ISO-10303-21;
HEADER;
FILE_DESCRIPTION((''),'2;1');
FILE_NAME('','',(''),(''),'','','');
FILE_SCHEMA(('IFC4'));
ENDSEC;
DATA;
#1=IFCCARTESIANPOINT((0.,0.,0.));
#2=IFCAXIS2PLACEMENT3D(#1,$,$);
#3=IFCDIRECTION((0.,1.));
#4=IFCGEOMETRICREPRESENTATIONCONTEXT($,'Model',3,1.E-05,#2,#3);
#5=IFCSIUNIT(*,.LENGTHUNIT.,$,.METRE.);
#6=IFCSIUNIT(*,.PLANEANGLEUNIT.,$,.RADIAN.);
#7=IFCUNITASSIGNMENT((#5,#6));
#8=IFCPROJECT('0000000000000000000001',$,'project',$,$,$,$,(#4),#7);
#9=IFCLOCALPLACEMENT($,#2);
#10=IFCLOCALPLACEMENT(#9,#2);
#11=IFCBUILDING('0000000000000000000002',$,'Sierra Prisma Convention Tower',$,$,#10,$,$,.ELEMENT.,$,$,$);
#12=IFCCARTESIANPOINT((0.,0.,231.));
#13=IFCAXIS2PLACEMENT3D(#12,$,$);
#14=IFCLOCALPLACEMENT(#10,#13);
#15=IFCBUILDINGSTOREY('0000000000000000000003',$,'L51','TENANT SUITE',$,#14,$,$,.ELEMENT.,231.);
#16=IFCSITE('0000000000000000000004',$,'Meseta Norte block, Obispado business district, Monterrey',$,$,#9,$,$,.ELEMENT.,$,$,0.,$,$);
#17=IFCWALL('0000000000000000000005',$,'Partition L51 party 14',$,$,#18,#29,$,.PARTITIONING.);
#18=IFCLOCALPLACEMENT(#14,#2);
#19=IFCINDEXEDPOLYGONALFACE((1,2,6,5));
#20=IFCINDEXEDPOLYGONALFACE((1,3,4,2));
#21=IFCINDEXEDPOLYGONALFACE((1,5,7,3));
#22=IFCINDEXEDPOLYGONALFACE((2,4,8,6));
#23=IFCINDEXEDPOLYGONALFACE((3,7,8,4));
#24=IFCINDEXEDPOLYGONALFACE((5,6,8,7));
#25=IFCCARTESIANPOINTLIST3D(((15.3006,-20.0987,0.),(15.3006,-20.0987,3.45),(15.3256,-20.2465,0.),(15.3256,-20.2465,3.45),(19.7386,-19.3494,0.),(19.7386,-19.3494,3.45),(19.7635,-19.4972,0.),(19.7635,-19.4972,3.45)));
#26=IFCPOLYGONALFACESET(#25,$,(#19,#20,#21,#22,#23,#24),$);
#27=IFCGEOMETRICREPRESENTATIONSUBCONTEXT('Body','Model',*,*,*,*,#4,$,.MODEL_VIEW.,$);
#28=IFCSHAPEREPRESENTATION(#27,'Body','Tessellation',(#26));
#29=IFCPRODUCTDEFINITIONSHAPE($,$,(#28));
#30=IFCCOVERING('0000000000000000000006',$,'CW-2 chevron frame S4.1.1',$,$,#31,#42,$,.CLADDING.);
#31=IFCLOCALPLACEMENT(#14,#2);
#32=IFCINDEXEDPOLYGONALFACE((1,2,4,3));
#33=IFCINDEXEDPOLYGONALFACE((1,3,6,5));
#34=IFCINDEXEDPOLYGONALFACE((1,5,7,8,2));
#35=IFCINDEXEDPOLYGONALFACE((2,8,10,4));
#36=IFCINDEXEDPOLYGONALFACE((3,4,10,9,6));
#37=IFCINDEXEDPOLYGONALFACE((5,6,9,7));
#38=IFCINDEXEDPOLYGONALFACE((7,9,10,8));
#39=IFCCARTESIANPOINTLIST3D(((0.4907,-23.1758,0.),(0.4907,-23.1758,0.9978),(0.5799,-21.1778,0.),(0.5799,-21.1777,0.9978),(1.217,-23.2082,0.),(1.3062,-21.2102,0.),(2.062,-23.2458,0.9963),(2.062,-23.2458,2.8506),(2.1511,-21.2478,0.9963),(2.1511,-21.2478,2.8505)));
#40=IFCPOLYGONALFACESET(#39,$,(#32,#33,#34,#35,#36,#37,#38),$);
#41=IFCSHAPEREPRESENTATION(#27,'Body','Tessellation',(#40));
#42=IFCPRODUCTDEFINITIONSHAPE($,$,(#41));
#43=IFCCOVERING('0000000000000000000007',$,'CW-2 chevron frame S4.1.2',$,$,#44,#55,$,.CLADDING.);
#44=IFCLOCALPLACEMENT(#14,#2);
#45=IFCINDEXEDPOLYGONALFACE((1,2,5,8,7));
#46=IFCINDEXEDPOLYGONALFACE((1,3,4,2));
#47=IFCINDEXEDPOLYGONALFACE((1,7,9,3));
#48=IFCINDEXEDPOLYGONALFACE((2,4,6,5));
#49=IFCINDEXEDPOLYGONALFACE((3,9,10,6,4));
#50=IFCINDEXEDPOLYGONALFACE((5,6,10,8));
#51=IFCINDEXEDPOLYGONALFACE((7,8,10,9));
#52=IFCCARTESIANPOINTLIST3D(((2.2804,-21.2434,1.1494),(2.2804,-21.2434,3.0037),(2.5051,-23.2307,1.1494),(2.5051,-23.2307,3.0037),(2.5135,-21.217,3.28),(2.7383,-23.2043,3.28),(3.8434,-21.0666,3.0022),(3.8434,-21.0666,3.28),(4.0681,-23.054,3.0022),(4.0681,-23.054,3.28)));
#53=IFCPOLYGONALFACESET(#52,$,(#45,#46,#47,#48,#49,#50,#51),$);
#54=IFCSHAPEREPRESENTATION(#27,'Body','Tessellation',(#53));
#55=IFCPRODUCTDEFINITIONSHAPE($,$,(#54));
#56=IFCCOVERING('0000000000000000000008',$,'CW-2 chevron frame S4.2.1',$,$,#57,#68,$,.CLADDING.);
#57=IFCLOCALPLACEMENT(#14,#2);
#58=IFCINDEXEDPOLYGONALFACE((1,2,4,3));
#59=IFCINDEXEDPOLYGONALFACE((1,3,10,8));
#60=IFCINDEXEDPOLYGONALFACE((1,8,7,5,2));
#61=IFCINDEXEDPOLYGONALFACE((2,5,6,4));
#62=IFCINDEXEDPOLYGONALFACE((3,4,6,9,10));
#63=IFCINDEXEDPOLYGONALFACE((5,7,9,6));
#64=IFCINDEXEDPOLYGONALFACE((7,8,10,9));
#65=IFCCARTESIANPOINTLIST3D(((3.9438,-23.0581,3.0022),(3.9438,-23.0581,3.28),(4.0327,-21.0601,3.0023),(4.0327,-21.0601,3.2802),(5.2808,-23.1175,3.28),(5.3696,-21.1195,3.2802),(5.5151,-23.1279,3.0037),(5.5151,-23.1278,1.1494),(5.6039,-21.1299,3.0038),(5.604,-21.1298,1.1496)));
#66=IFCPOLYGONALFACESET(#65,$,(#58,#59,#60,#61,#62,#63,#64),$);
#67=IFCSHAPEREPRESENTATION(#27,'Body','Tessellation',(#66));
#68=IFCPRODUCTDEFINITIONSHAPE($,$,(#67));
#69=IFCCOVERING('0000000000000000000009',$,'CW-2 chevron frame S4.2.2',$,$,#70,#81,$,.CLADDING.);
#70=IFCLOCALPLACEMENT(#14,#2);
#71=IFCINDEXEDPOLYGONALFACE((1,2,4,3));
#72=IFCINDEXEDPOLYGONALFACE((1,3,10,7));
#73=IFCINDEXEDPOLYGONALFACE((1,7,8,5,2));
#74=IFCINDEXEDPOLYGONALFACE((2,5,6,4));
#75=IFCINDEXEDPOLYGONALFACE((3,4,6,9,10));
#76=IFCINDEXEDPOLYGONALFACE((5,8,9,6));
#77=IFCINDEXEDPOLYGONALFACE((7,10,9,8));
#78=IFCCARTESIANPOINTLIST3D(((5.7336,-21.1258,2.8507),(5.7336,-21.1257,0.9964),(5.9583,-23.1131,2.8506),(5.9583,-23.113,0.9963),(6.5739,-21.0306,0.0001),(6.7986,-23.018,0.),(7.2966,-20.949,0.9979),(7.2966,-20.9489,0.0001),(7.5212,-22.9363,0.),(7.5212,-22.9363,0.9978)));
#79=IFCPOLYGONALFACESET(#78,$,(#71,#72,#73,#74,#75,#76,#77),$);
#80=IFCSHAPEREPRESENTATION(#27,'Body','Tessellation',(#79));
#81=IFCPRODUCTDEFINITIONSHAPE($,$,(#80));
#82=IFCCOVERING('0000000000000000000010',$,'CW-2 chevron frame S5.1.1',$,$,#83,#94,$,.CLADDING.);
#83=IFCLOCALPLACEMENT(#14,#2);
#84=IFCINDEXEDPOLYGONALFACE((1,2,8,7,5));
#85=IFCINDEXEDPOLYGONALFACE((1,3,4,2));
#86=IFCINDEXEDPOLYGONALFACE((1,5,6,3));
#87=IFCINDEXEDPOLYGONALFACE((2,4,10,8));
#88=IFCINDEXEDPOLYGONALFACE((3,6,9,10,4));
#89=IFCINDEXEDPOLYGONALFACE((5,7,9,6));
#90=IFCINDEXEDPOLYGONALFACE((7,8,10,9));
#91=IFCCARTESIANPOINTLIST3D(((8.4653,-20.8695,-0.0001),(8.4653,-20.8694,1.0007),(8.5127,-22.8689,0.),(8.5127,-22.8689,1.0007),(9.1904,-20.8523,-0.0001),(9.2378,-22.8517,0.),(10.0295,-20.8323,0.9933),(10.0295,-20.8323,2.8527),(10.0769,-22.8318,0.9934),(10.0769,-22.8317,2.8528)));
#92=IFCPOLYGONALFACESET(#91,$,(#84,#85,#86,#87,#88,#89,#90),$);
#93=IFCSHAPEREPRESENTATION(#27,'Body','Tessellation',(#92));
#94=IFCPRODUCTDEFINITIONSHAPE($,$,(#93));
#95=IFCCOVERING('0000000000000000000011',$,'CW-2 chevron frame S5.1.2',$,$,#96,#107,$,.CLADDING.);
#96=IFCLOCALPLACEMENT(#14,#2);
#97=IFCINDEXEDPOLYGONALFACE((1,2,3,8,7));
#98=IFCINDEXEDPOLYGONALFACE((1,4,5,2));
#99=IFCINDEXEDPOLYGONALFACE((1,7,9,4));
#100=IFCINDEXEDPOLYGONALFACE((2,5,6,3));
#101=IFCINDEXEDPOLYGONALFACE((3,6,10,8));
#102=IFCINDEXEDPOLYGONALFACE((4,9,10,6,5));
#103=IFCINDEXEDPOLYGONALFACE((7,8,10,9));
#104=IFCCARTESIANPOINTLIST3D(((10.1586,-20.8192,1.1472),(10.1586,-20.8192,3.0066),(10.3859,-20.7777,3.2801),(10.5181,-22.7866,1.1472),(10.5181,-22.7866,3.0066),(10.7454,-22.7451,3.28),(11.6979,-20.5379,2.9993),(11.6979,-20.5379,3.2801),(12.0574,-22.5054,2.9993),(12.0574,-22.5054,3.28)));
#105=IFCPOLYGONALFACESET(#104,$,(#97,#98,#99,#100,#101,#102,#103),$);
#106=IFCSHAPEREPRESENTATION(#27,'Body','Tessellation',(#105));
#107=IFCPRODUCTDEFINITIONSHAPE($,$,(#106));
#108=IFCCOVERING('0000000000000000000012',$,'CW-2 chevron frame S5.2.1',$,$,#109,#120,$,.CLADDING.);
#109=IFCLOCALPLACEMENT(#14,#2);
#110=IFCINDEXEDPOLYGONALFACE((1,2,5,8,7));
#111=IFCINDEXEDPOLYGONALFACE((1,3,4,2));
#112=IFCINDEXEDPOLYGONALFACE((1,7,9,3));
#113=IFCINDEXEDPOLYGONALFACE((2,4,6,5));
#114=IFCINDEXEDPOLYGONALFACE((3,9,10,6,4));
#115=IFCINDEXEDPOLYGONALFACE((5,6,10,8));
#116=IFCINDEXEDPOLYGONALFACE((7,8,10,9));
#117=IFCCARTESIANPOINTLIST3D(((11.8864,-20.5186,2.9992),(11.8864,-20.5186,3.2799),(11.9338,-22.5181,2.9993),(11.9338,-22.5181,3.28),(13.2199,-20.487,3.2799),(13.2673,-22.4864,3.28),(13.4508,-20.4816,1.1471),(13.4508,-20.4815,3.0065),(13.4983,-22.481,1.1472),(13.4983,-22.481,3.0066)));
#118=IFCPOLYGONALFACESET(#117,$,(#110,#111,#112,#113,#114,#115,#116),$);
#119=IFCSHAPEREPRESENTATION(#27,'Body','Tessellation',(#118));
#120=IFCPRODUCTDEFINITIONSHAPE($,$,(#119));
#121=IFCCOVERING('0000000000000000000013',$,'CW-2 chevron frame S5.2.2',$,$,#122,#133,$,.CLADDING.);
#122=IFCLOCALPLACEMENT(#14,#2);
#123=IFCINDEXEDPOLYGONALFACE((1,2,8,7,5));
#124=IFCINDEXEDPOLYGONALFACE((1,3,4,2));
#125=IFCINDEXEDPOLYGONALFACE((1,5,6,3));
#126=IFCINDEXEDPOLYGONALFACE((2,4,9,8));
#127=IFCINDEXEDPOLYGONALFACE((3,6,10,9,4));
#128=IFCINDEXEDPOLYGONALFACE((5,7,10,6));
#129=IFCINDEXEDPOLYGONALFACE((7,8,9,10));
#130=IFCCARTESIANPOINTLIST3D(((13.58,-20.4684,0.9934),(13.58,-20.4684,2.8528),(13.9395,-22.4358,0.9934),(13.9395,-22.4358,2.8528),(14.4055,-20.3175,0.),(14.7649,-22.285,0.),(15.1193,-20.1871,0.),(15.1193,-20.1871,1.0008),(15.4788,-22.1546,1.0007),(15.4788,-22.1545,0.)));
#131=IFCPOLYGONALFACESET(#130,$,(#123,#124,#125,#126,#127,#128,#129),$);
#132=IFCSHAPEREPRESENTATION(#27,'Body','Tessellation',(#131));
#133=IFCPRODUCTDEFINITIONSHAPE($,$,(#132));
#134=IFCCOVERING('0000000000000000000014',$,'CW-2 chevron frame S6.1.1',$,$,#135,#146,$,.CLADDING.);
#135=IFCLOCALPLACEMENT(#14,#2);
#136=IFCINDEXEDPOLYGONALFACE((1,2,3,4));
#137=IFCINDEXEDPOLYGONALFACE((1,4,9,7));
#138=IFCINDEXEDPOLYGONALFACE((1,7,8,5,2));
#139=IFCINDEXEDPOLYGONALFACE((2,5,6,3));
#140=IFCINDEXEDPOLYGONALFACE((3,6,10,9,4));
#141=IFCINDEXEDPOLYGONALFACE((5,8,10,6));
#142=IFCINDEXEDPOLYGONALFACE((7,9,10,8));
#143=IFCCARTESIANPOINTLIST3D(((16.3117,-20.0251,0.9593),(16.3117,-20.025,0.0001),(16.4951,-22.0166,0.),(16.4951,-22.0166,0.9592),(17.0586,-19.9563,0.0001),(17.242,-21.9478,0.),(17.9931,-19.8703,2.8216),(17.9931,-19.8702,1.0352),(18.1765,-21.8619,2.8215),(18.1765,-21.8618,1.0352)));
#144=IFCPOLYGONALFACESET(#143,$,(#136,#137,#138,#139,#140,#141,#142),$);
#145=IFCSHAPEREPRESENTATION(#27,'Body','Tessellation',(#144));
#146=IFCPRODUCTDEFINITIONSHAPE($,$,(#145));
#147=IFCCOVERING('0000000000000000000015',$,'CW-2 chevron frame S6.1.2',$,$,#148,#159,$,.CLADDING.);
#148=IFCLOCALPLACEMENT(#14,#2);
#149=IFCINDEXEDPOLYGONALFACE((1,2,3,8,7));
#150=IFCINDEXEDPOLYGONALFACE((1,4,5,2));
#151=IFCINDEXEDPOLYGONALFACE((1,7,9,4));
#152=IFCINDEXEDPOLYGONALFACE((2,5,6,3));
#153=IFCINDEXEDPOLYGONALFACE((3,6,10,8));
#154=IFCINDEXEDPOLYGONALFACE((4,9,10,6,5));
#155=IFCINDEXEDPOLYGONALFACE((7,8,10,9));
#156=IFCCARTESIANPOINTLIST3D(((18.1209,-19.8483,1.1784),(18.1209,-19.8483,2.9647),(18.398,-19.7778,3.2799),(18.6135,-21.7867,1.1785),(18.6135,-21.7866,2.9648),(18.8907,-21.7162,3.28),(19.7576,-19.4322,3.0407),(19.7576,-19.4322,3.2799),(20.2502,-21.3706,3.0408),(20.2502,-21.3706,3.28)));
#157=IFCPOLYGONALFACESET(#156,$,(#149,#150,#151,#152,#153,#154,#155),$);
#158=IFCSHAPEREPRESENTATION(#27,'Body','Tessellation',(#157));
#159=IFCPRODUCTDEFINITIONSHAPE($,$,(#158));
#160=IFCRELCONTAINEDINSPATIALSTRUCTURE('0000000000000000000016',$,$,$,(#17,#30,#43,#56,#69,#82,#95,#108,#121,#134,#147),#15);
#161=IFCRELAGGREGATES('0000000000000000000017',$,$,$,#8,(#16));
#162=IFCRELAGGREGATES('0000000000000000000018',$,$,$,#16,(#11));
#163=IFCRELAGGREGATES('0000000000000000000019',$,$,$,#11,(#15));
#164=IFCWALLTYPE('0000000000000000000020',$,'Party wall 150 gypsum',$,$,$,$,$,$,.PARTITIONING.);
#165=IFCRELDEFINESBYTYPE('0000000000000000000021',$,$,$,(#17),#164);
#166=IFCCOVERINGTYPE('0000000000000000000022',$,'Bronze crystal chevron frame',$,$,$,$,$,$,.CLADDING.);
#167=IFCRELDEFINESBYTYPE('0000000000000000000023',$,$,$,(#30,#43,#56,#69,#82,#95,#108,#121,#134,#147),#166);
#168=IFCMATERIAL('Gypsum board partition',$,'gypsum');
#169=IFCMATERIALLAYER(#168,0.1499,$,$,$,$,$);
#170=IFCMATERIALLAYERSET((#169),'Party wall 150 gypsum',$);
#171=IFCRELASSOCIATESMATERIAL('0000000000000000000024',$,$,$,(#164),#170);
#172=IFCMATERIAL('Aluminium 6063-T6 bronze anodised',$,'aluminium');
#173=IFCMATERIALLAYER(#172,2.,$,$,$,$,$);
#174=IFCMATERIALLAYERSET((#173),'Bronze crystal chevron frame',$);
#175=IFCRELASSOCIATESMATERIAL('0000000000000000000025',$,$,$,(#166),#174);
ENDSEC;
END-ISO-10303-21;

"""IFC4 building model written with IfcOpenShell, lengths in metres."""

from ifc_helpers import new_model, si_unit, direction, frame, frame_2d, origin, place, context, subcontext, project, spatial, polyline, rectangle, outline, extrude, material, layer, layer_set, type_object, element, save


model = new_model("IFC4")

# Units and contexts
model_context = context("Model", 3, precision=1e-05, world=origin(), true_north=direction((0.0, 1.0)))
body_context = subcontext(model_context, "Body", "Model", "MODEL_VIEW")
ifc_project = project(units=[si_unit("LENGTHUNIT", "METRE"), si_unit("PLANEANGLEUNIT", "RADIAN")], contexts=[model_context])

# Site, building, storey
site_placement = place(None, origin())
site = spatial("IfcSite", under=ifc_project, at=site_placement, Name="Meseta Norte block, Obispado business district, Monterrey", CompositionType="ELEMENT", RefElevation=0.0)
building_placement = place(site_placement, origin())
building = spatial("IfcBuilding", under=site, at=building_placement, Name="Sierra Prisma Convention Tower", CompositionType="ELEMENT")
storey_placement = place(building_placement, frame((0.0, 0.0, 231.0)))
storey = spatial("IfcBuildingStorey", under=building, at=storey_placement, Name="L51", Description="TENANT SUITE", CompositionType="ELEMENT", Elevation=231.0)

# Wall
ifc_material_1 = material(Name="Gypsum board partition", Category="gypsum")
ifc_layer_1 = layer(ifc_material_1, 0.1499)
ifc_layer_set_1 = layer_set([ifc_layer_1], Name="Party wall 150 gypsum")
wall_type = type_object("IfcWallType", Name="Party wall 150 gypsum", PredefinedType="PARTITIONING", material=ifc_layer_set_1)
wall_placement = place(storey_placement, frame((15.313, -20.1726, 0.0), z_axis=(0.0, 0.0, 1.0), x_axis=(0.986046, 0.166475, 0.0)))
element("IfcWall", 1, at=wall_placement, inside=storey, type_object=wall_type, Name="Partition L51 party 14", PredefinedType="PARTITIONING", context=body_context, shape_type="SweptSolid", body=[
    extrude(rectangle(XDim=4.5007, YDim=0.1499, at=frame_2d((2.2505, 0.0))), origin(), (0.0, 0.0, 1.0), 3.45),
])

# Coverings
ifc_material_2 = material(Name="Aluminium 6063-T6 bronze anodised", Category="aluminium")
ifc_layer_2 = layer(ifc_material_2, 2.0)
ifc_layer_set_2 = layer_set([ifc_layer_2], Name="Bronze crystal chevron frame")
covering_type = type_object("IfcCoveringType", Name="Bronze crystal chevron frame", PredefinedType="CLADDING", material=ifc_layer_set_2)
covering_1_placement = place(storey_placement, frame((0.4907, -23.1758, 0.0), z_axis=(-0.044564, -0.999007, 0.000025), x_axis=(0.999007, -0.044564, 0.0)))
element("IfcCovering", 2, at=covering_1_placement, inside=storey, type_object=covering_type, Name="CW-2 chevron frame S4.1.1", PredefinedType="CLADDING", context=body_context, shape_type="SweptSolid", body=[
    extrude(outline(polyline([(0.0, 0.0), (0.727, 0.0), (1.5729, 0.9963), (1.5729, 2.8506), (0.0, 0.9978), (0.0, 0.0)])), origin(), (0.0, 0.0, -1.0), 2.0),
])
covering_2_placement = place(storey_placement, frame((2.5051, -23.2307, 3.0037), z_axis=(0.112373, -0.993666, 0.0), x_axis=(0.0, 0.0, -1.0)))
element("IfcCovering", 3, at=covering_2_placement, inside=storey, type_object=covering_type, Name="CW-2 chevron frame S4.1.2", PredefinedType="CLADDING", context=body_context, shape_type="SweptSolid", body=[
    extrude(outline(polyline([(0.0, 0.0), (1.8542, 0.0), (0.0015, 1.573), (-0.2764, 1.573), (-0.2764, 0.2346), (0.0, 0.0)])), origin(), (0.0, 0.0, -1.0), 2.0),
])
covering_3_placement = place(storey_placement, frame((3.9438, -23.0581, 3.28), z_axis=(-0.044406, -0.999014, -0.000068), x_axis=(0.000003, 0.000068, -1.0)))
element("IfcCovering", 4, at=covering_3_placement, inside=storey, type_object=covering_type, Name="CW-2 chevron frame S4.2.1", PredefinedType="CLADDING", context=body_context, shape_type="SweptSolid", body=[
    extrude(outline(polyline([(0.0, 0.0), (0.2778, 0.0), (2.1306, 1.5728), (0.2764, 1.5728), (0.0, 1.3382), (0.0, 0.0)])), origin(), (0.0, 0.0, -1.0), 2.0),
])
covering_4_placement = place(storey_placement, frame((7.5212, -22.9363, 0.0), z_axis=(0.112339, -0.99367, -0.000055), x_axis=(0.000006, -0.000054, 1.0)))
element("IfcCovering", 5, at=covering_4_placement, inside=storey, type_object=covering_type, Name="CW-2 chevron frame S4.2.2", PredefinedType="CLADDING", context=body_context, shape_type="SweptSolid", body=[
    extrude(outline(polyline([(0.0, 0.0), (0.9978, 0.0), (2.8506, 1.573), (0.9963, 1.573), (0.0, 0.7272), (0.0, 0.0)])), origin(), (0.0, 0.0, -1.0), 2.0),
])
covering_5_placement = place(storey_placement, frame((8.5127, -22.8689, 0.0), z_axis=(0.023696, -0.999719, 0.000034), x_axis=(0.999719, 0.023696, 0.0)))
element("IfcCovering", 6, at=covering_5_placement, inside=storey, type_object=covering_type, Name="CW-2 chevron frame S5.1.1", PredefinedType="CLADDING", context=body_context, shape_type="SweptSolid", body=[
    extrude(outline(polyline([(0.0, 0.0), (0.7253, 0.0), (1.5646, 0.9934), (1.5646, 2.8528), (0.0, 1.0007), (0.0, 0.0)])), origin(), (0.0, 0.0, -1.0), 2.0),
])
covering_6_placement = place(storey_placement, frame((10.5181, -22.7866, 3.0066), z_axis=(0.179738, -0.983714, -0.000011), x_axis=(-0.000002, 0.00001, -1.0)))
element("IfcCovering", 7, at=covering_6_placement, inside=storey, type_object=covering_type, Name="CW-2 chevron frame S5.1.2", PredefinedType="CLADDING", context=body_context, shape_type="SweptSolid", body=[
    extrude(outline(polyline([(0.0, 0.0), (1.8594, 0.0), (0.0073, 1.5648), (-0.2734, 1.5648), (-0.2734, 0.2311), (0.0, 0.0)])), origin(), (0.0, 0.0, -1.0), 2.0),
])
covering_7_placement = place(storey_placement, frame((11.9338, -22.5181, 3.28), z_axis=(0.023722, -0.999719, 0.000045), x_axis=(0.000001, -0.000045, -1.0)))
element("IfcCovering", 8, at=covering_7_placement, inside=storey, type_object=covering_type, Name="CW-2 chevron frame S5.2.1", PredefinedType="CLADDING", context=body_context, shape_type="SweptSolid", body=[
    extrude(outline(polyline([(0.0, 0.0), (0.2808, 0.0), (2.1328, 1.5649), (0.2734, 1.5649), (0.0, 1.3339), (0.0, 0.0)])), origin(), (0.0, 0.0, -1.0), 2.0),
])
covering_8_placement = place(storey_placement, frame((15.4788, -22.1545, 0.0), z_axis=(0.179725, -0.983717, -0.000018), x_axis=(0.000003, -0.000018, 1.0)))
element("IfcCovering", 9, at=covering_8_placement, inside=storey, type_object=covering_type, Name="CW-2 chevron frame S5.2.2", PredefinedType="CLADDING", context=body_context, shape_type="SweptSolid", body=[
    extrude(outline(polyline([(0.0, 0.0), (1.0007, 0.0), (2.8528, 1.5648), (0.9934, 1.5648), (0.0, 0.7257), (0.0, 0.0)])), origin(), (0.0, 0.0, -1.0), 2.0),
])
covering_9_placement = place(storey_placement, frame((16.4951, -22.0166, 0.0), z_axis=(0.091688, -0.995788, -0.00003), x_axis=(0.995788, 0.091688, 0.0)))
element("IfcCovering", 10, at=covering_9_placement, inside=storey, type_object=covering_type, Name="CW-2 chevron frame S6.1.1", PredefinedType="CLADDING", context=body_context, shape_type="SweptSolid", body=[
    extrude(outline(polyline([(0.0, 0.0), (0.75, 0.0), (1.6885, 1.0352), (1.6885, 2.8215), (0.0, 0.9592), (0.0, 0.0)])), origin(), (0.0, 0.0, -1.0), 2.0),
])
covering_10_placement = place(storey_placement, frame((18.6135, -21.7866, 2.9648), z_axis=(0.246334, -0.969185, 0.000053), x_axis=(0.000013, -0.000051, -1.0)))
element("IfcCovering", 11, at=covering_10_placement, inside=storey, type_object=covering_type, Name="CW-2 chevron frame S6.1.2", PredefinedType="CLADDING", context=body_context, shape_type="SweptSolid", body=[
    extrude(outline(polyline([(0.0, 0.0), (1.7864, 0.0), (-0.0759, 1.6888), (-0.3152, 1.6888), (-0.3152, 0.2859), (0.0, 0.0)])), origin(), (0.0, 0.0, -1.0), 2.0),
])

save(model, "model.ifc")
